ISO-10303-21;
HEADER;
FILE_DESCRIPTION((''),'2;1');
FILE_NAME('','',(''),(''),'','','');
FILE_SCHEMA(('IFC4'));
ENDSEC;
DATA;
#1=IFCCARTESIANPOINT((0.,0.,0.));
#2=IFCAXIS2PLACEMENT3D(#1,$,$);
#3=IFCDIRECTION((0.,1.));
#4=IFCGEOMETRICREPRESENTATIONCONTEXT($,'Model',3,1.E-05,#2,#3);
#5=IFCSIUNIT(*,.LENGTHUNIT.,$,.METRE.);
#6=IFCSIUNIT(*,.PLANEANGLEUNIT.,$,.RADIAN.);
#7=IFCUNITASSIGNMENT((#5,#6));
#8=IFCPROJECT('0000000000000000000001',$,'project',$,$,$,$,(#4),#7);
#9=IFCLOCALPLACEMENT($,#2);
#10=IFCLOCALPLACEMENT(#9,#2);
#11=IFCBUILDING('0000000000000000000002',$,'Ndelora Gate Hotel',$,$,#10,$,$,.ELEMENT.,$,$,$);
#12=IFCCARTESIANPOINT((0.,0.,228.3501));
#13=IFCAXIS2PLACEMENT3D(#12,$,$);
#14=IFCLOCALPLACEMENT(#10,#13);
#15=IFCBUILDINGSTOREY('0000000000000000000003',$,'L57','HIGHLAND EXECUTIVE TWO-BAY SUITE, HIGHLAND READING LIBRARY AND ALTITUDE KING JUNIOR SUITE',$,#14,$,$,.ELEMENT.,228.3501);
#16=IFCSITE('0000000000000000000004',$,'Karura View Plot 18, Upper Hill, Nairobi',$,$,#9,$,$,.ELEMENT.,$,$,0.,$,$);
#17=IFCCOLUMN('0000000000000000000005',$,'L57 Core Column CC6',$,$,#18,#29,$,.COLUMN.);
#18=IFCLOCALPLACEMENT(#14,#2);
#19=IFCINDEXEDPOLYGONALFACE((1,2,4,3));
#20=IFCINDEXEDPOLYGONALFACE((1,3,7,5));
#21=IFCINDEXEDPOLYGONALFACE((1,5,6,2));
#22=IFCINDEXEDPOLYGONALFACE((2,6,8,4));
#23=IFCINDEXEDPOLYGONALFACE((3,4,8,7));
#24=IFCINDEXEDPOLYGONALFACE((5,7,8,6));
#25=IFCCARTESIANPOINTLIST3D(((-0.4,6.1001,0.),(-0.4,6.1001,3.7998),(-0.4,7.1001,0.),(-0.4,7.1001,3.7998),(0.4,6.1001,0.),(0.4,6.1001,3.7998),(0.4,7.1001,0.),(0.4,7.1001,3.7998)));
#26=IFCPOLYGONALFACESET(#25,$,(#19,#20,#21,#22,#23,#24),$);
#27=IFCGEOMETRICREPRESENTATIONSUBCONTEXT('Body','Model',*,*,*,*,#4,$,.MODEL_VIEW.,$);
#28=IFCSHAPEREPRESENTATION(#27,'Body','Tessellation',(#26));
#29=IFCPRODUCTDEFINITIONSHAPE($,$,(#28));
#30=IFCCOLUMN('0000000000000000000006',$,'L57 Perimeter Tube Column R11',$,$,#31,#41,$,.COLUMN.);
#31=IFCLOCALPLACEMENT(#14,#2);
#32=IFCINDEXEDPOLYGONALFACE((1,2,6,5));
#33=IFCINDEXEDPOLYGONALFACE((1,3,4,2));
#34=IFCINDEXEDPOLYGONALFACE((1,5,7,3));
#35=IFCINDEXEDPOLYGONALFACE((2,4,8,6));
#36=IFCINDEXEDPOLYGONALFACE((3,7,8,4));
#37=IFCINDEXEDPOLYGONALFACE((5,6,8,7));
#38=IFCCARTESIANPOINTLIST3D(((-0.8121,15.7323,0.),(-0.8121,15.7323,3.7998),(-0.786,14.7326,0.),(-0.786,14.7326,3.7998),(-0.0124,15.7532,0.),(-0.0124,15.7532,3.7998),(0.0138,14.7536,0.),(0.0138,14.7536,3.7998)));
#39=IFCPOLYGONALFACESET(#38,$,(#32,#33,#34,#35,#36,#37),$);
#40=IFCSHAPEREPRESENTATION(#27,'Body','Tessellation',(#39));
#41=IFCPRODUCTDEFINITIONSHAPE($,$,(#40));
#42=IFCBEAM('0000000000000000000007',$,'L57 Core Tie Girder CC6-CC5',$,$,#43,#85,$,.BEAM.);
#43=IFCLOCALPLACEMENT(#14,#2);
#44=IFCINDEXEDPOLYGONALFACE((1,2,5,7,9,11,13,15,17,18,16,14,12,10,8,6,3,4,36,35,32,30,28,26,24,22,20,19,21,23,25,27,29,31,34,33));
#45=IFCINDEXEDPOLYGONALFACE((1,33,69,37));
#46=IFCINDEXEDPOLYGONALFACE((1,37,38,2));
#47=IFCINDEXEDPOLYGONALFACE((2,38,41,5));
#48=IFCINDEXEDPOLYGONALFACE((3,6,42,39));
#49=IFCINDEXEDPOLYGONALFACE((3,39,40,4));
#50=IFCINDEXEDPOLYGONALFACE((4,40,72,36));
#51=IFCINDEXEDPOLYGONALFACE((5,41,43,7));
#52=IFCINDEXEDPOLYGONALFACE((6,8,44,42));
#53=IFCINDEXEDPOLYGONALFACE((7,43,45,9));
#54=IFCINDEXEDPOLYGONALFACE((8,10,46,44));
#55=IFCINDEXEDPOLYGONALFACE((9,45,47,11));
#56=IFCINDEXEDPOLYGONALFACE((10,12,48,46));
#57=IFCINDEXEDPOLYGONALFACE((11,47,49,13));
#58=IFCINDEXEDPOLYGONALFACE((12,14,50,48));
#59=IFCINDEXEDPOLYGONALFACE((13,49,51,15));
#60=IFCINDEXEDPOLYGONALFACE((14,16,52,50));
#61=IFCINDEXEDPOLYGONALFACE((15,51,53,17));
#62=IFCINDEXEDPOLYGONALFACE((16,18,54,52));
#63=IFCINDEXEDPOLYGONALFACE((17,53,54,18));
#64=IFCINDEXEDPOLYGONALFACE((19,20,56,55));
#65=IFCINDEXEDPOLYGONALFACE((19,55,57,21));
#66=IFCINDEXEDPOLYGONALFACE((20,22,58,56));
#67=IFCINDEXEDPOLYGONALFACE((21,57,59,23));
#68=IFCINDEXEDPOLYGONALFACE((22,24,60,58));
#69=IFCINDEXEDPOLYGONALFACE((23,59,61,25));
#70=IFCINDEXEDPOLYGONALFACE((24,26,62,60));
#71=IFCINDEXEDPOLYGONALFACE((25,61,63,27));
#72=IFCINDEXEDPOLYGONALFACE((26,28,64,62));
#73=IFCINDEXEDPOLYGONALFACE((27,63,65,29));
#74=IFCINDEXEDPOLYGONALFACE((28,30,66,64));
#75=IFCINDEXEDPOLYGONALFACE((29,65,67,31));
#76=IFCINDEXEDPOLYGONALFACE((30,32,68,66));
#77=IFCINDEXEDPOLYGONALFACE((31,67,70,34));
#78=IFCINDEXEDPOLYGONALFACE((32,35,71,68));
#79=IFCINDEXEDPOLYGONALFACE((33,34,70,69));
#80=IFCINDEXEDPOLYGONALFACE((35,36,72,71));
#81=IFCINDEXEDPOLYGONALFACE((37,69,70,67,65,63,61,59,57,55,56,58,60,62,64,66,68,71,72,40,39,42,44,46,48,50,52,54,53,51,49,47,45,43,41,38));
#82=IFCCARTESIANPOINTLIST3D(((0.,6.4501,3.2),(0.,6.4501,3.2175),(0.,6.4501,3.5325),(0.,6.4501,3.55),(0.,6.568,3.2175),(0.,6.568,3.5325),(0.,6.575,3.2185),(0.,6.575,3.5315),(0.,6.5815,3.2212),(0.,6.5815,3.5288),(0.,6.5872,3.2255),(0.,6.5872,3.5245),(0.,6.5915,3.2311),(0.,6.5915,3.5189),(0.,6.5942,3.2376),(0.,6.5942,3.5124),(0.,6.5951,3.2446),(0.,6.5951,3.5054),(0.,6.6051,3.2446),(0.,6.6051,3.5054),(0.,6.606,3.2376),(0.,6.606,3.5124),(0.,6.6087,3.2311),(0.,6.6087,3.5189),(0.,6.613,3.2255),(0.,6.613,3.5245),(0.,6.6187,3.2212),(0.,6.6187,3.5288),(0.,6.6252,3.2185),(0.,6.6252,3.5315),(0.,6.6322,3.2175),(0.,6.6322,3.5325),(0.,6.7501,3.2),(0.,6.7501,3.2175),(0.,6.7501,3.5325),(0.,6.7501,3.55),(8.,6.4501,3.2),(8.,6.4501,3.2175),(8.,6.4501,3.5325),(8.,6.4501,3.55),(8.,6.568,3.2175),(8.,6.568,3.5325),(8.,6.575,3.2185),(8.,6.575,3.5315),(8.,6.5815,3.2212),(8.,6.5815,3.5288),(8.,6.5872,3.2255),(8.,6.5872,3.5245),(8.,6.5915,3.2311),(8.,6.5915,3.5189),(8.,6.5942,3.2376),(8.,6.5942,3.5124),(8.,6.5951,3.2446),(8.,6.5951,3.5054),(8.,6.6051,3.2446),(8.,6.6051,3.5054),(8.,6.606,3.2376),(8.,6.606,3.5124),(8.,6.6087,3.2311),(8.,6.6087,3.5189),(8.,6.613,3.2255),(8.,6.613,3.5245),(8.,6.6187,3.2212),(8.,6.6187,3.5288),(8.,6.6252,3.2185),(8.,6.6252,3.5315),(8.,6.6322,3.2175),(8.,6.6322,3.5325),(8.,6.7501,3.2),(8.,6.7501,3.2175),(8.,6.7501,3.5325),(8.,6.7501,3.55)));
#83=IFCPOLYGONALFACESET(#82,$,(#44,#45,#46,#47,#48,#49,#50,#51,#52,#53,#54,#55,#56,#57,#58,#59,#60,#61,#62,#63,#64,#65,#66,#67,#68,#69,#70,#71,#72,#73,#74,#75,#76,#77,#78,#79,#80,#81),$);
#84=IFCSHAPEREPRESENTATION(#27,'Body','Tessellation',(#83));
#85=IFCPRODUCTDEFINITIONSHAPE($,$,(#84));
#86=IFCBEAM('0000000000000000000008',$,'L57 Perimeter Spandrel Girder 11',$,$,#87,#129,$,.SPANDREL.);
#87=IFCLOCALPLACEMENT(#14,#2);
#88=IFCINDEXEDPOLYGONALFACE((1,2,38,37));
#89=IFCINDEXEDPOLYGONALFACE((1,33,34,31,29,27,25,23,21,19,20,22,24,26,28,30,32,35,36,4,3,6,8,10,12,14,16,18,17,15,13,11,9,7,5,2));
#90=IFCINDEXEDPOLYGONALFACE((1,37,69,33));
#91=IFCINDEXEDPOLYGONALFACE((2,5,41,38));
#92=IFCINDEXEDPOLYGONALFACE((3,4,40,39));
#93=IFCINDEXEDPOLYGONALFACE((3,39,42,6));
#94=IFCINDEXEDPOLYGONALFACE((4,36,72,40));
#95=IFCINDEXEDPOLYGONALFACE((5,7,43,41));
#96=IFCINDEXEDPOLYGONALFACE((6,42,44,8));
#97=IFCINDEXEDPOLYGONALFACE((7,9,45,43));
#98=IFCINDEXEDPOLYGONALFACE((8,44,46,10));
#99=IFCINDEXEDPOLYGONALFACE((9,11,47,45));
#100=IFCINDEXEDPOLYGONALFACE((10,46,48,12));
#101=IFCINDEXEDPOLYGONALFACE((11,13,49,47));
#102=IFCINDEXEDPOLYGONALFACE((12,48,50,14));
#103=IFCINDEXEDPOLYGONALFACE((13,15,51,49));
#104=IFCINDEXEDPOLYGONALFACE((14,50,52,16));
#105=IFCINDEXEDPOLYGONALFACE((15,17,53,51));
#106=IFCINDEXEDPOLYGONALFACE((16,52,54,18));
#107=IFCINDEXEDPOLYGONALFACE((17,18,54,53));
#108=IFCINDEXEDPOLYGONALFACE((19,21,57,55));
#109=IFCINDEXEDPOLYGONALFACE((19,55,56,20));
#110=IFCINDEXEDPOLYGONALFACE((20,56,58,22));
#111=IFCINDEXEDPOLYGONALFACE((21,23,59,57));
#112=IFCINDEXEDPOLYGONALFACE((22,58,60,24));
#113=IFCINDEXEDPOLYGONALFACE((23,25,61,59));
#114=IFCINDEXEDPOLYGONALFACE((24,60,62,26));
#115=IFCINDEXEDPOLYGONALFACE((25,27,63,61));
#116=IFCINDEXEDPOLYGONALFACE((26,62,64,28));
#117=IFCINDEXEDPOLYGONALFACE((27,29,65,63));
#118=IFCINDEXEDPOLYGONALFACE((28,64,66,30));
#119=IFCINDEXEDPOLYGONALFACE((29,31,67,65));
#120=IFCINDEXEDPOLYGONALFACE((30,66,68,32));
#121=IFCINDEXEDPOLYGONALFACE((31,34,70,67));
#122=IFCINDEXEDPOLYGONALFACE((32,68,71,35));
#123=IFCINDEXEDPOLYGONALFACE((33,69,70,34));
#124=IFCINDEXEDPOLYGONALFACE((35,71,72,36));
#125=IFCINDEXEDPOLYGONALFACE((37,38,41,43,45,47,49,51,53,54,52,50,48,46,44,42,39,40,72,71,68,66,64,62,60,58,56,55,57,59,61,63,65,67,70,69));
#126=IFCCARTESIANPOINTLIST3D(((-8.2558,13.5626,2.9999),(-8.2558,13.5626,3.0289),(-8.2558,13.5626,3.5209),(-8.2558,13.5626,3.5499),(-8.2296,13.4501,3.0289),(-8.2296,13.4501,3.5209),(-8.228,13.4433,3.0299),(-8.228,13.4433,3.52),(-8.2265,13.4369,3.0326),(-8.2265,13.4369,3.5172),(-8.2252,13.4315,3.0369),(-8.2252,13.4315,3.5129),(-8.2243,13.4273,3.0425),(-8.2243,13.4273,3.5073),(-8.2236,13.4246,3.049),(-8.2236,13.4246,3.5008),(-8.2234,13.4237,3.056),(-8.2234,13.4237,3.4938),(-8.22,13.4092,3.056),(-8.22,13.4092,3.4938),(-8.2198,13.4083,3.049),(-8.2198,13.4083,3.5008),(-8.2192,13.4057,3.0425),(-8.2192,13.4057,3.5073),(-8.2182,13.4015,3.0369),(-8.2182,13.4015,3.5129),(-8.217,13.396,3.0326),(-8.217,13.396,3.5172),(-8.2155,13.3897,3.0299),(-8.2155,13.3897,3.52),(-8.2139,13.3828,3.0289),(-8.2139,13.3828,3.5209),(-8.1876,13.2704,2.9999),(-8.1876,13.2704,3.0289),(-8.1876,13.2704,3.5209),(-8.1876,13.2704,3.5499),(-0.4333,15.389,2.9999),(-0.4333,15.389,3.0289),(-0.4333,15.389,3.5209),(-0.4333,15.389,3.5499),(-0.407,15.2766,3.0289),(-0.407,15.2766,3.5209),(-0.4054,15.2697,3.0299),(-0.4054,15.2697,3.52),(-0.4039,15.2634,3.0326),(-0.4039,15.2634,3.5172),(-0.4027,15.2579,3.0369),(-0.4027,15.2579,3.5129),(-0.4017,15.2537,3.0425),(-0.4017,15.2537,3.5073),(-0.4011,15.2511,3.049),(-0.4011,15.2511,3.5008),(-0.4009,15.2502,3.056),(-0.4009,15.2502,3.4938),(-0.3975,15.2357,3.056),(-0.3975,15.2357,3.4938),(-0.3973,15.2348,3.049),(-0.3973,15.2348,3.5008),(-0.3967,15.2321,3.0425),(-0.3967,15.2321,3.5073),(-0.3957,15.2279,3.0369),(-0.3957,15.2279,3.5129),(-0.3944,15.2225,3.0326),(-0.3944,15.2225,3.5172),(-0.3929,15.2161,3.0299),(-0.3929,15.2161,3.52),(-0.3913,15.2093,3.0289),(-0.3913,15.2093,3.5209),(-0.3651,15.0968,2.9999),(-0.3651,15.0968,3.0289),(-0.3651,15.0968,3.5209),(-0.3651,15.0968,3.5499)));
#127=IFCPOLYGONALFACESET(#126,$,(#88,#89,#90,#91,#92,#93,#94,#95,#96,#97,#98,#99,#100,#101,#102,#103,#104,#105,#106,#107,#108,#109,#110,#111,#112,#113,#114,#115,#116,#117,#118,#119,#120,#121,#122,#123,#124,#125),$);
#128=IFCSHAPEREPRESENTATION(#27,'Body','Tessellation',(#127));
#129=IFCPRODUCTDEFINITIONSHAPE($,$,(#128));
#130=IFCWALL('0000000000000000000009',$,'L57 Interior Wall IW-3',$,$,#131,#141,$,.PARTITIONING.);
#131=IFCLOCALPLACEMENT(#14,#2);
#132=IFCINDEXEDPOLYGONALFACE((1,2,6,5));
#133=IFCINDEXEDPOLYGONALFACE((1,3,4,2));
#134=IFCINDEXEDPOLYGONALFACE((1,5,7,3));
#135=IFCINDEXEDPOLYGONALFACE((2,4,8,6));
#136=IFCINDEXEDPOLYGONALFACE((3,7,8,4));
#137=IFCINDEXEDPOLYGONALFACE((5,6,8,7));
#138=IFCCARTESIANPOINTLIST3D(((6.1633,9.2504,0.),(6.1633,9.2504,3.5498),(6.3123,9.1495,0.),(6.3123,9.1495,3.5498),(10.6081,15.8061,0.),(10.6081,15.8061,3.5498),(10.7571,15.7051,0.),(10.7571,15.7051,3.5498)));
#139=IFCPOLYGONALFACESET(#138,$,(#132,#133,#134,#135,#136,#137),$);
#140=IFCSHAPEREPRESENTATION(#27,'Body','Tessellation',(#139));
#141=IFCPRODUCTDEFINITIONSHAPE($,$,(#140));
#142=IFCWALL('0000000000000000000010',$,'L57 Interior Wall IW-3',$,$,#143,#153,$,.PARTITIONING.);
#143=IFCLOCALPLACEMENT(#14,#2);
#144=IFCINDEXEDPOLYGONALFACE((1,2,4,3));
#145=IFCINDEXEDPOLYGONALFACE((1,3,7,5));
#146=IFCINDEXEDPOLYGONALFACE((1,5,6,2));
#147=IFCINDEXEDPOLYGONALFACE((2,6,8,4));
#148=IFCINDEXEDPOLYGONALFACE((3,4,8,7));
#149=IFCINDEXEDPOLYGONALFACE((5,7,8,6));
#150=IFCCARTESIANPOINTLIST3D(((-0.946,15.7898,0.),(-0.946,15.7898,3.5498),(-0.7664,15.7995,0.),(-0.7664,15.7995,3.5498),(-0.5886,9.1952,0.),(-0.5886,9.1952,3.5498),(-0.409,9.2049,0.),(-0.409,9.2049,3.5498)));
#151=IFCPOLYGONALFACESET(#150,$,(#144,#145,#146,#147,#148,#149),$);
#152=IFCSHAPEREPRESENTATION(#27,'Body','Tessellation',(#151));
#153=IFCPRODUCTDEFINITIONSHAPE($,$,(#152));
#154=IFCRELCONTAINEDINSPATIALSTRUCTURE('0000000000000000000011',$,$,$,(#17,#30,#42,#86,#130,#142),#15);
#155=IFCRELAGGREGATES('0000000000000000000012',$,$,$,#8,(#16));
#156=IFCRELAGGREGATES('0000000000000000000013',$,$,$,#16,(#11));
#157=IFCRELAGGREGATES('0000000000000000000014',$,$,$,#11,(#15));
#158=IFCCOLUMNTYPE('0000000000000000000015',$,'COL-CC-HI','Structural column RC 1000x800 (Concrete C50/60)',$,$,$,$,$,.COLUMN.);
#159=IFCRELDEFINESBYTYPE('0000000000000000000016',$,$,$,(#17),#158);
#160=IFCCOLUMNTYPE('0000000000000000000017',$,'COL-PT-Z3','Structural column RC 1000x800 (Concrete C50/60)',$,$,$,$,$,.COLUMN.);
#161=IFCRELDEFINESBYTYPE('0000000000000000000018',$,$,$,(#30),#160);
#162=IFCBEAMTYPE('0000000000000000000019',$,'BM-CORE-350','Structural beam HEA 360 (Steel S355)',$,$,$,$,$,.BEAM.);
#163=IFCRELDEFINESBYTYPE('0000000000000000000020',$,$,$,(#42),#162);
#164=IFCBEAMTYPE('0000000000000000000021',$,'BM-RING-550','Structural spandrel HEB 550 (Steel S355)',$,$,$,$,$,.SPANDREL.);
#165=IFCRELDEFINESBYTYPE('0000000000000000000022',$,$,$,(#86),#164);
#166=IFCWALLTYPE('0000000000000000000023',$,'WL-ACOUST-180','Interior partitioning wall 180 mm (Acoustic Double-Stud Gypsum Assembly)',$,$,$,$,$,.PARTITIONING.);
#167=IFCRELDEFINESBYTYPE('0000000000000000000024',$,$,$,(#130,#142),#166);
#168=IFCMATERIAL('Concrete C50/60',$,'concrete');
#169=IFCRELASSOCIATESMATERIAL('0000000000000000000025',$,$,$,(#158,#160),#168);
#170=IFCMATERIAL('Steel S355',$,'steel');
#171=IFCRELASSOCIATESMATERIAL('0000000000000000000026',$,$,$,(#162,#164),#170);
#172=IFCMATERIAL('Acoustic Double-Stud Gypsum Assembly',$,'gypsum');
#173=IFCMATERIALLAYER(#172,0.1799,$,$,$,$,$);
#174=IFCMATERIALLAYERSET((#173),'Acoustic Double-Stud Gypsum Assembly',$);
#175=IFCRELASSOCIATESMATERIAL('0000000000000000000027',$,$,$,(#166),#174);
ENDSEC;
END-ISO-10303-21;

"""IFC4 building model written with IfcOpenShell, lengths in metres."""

from ifc_helpers import new_model, si_unit, direction, frame, frame_2d, origin, origin_2d, place, context, subcontext, project, spatial, rectangle, i_section, extrude, material, layer, layer_set, material_profile, profile_set, type_object, element, save


model = new_model("IFC4")

# Units and contexts
model_context = context("Model", 3, precision=1e-05, world=origin(), true_north=direction((0.0, 1.0)))
body_context = subcontext(model_context, "Body", "Model", "MODEL_VIEW")
ifc_project = project(units=[si_unit("LENGTHUNIT", "METRE"), si_unit("PLANEANGLEUNIT", "RADIAN")], contexts=[model_context])

# Site, building, storey
site_placement = place(None, origin())
site = spatial("IfcSite", under=ifc_project, at=site_placement, Name="Karura View Plot 18, Upper Hill, Nairobi", CompositionType="ELEMENT", RefElevation=0.0)
building_placement = place(site_placement, origin())
building = spatial("IfcBuilding", under=site, at=building_placement, Name="Ndelora Gate Hotel", CompositionType="ELEMENT")
storey_placement = place(building_placement, frame((0.0, 0.0, 228.3501)))
storey = spatial("IfcBuildingStorey", under=building, at=storey_placement, Name="L57", Description="HIGHLAND EXECUTIVE TWO-BAY SUITE, HIGHLAND READING LIBRARY AND ALTITUDE KING JUNIOR SUITE", CompositionType="ELEMENT", Elevation=228.3501)

# Columns
ifc_material_1 = material(Name="Concrete C50/60", Category="concrete")
ifc_material_profile_1 = material_profile(ifc_material_1, rectangle(XDim=0.8, YDim=1.0, at=origin_2d()), Name="RC 1000x800")
ifc_profile_set_1 = profile_set([ifc_material_profile_1], Name="Concrete C50/60")
column_type_1 = type_object("IfcColumnType", Name="COL-CC-HI", Description="Structural column RC 1000x800 (Concrete C50/60)", PredefinedType="COLUMN", material=ifc_profile_set_1)
column_1_placement = place(storey_placement, frame((0.0, 6.6001, 0.0), z_axis=(0.0, 0.0, 1.0), x_axis=(1.0, 0.0, 0.0)))
element("IfcColumn", 1, at=column_1_placement, inside=storey, type_object=column_type_1, Name="L57 Core Column CC6", PredefinedType="COLUMN", context=body_context, shape_type="SweptSolid", body=[
    extrude(rectangle(XDim=0.8, YDim=1.0, at=origin_2d()), origin(), (0.0, 0.0, 1.0), 3.7998),
])
ifc_material_profile_2 = material_profile(ifc_material_1, rectangle(XDim=0.8, YDim=1.0, at=origin_2d()), Name="RC 1000x800")
ifc_profile_set_2 = profile_set([ifc_material_profile_2], Name="Concrete C50/60")
column_type_2 = type_object("IfcColumnType", Name="COL-PT-Z3", Description="Structural column RC 1000x800 (Concrete C50/60)", PredefinedType="COLUMN", material=ifc_profile_set_2)
column_2_placement = place(storey_placement, frame((-0.3992, 15.2429, 0.0), z_axis=(0.0, 0.0, 1.0), x_axis=(0.999657, 0.026177, 0.0)))
element("IfcColumn", 2, at=column_2_placement, inside=storey, type_object=column_type_2, Name="L57 Perimeter Tube Column R11", PredefinedType="COLUMN", context=body_context, shape_type="SweptSolid", body=[
    extrude(rectangle(XDim=0.8, YDim=1.0, at=origin_2d()), origin(), (0.0, 0.0, 1.0), 3.7998),
])

# Beams
ifc_material_2 = material(Name="Steel S355", Category="steel")
ifc_material_profile_3 = material_profile(ifc_material_2, i_section(OverallWidth=0.3, OverallDepth=0.3501, WebThickness=0.01, FlangeThickness=0.0176, FilletRadius=0.0271, at=origin_2d()), Name="HEA 360")
ifc_profile_set_3 = profile_set([ifc_material_profile_3], Name="Steel S355")
beam_type_1 = type_object("IfcBeamType", Name="BM-CORE-350", Description="Structural beam HEA 360 (Steel S355)", PredefinedType="BEAM", material=ifc_profile_set_3)
beam_1_placement = place(storey_placement, frame((0.0, 6.6001, 3.375), z_axis=(1.0, 0.0, 0.0), x_axis=(0.0, 1.0, 0.0)))
element("IfcBeam", 3, at=beam_1_placement, inside=storey, type_object=beam_type_1, Name="L57 Core Tie Girder CC6-CC5", PredefinedType="BEAM", context=body_context, shape_type="SweptSolid", body=[
    extrude(i_section(OverallWidth=0.3, OverallDepth=0.3501, WebThickness=0.01, FlangeThickness=0.0176, FilletRadius=0.0271, at=origin_2d()), origin(), (0.0, 0.0, 1.0), 8.0),
])
ifc_material_profile_4 = material_profile(ifc_material_2, i_section(OverallWidth=0.3, OverallDepth=0.55, WebThickness=0.0149, FlangeThickness=0.0291, FilletRadius=0.0271, at=origin_2d()), Name="HEB 550")
ifc_profile_set_4 = profile_set([ifc_material_profile_4], Name="Steel S355")
beam_type_2 = type_object("IfcBeamType", Name="BM-RING-550", Description="Structural spandrel HEB 550 (Steel S355)", PredefinedType="SPANDREL", material=ifc_profile_set_4)
beam_2_placement = place(storey_placement, frame((-0.3992, 15.2429, 3.2749), z_axis=(-0.973809, -0.227367, 0.0), x_axis=(0.227367, -0.973809, 0.0)))
element("IfcBeam", 4, at=beam_2_placement, inside=storey, type_object=beam_type_2, Name="L57 Perimeter Spandrel Girder 11", PredefinedType="SPANDREL", context=body_context, shape_type="SweptSolid", body=[
    extrude(i_section(OverallWidth=0.3, OverallDepth=0.55, WebThickness=0.0149, FlangeThickness=0.0291, FilletRadius=0.0271, at=origin_2d()), origin(), (0.0, 0.0, 1.0), 8.033),
])

# Walls
ifc_material_3 = material(Name="Acoustic Double-Stud Gypsum Assembly", Category="gypsum")
ifc_layer_1 = layer(ifc_material_3, 0.1799)
ifc_layer_set_1 = layer_set([ifc_layer_1], Name="Acoustic Double-Stud Gypsum Assembly")
wall_type_1 = type_object("IfcWallType", Name="WL-ACOUST-180", Description="Interior partitioning wall 180 mm (Acoustic Double-Stud Gypsum Assembly)", PredefinedType="PARTITIONING", material=ifc_layer_set_1)
wall_1_placement = place(storey_placement, frame((6.2378, 9.2, 0.0), z_axis=(0.0, 0.0, 1.0), x_axis=(0.561185, 0.827691, 0.0)))
element("IfcWall", 5, at=wall_1_placement, inside=storey, type_object=wall_type_1, Name="L57 Interior Wall IW-3", PredefinedType="PARTITIONING", context=body_context, shape_type="SweptSolid", body=[
    extrude(rectangle(XDim=7.9204, YDim=0.1799, at=frame_2d((3.9602, 0.0))), origin(), (0.0, 0.0, 1.0), 3.5498),
])
wall_2_placement = place(storey_placement, frame((-0.4988, 9.2, 0.0), z_axis=(0.0, 0.0, 1.0), x_axis=(-0.054121, 0.998534, 0.0)))
element("IfcWall", 6, at=wall_2_placement, inside=storey, type_object=wall_type_1, Name="L57 Interior Wall IW-3", PredefinedType="PARTITIONING", context=body_context, shape_type="SweptSolid", body=[
    extrude(rectangle(XDim=6.6042, YDim=0.1799, at=frame_2d((3.3022, 0.0))), origin(), (0.0, 0.0, 1.0), 3.5498),
])

save(model, "model.ifc")
